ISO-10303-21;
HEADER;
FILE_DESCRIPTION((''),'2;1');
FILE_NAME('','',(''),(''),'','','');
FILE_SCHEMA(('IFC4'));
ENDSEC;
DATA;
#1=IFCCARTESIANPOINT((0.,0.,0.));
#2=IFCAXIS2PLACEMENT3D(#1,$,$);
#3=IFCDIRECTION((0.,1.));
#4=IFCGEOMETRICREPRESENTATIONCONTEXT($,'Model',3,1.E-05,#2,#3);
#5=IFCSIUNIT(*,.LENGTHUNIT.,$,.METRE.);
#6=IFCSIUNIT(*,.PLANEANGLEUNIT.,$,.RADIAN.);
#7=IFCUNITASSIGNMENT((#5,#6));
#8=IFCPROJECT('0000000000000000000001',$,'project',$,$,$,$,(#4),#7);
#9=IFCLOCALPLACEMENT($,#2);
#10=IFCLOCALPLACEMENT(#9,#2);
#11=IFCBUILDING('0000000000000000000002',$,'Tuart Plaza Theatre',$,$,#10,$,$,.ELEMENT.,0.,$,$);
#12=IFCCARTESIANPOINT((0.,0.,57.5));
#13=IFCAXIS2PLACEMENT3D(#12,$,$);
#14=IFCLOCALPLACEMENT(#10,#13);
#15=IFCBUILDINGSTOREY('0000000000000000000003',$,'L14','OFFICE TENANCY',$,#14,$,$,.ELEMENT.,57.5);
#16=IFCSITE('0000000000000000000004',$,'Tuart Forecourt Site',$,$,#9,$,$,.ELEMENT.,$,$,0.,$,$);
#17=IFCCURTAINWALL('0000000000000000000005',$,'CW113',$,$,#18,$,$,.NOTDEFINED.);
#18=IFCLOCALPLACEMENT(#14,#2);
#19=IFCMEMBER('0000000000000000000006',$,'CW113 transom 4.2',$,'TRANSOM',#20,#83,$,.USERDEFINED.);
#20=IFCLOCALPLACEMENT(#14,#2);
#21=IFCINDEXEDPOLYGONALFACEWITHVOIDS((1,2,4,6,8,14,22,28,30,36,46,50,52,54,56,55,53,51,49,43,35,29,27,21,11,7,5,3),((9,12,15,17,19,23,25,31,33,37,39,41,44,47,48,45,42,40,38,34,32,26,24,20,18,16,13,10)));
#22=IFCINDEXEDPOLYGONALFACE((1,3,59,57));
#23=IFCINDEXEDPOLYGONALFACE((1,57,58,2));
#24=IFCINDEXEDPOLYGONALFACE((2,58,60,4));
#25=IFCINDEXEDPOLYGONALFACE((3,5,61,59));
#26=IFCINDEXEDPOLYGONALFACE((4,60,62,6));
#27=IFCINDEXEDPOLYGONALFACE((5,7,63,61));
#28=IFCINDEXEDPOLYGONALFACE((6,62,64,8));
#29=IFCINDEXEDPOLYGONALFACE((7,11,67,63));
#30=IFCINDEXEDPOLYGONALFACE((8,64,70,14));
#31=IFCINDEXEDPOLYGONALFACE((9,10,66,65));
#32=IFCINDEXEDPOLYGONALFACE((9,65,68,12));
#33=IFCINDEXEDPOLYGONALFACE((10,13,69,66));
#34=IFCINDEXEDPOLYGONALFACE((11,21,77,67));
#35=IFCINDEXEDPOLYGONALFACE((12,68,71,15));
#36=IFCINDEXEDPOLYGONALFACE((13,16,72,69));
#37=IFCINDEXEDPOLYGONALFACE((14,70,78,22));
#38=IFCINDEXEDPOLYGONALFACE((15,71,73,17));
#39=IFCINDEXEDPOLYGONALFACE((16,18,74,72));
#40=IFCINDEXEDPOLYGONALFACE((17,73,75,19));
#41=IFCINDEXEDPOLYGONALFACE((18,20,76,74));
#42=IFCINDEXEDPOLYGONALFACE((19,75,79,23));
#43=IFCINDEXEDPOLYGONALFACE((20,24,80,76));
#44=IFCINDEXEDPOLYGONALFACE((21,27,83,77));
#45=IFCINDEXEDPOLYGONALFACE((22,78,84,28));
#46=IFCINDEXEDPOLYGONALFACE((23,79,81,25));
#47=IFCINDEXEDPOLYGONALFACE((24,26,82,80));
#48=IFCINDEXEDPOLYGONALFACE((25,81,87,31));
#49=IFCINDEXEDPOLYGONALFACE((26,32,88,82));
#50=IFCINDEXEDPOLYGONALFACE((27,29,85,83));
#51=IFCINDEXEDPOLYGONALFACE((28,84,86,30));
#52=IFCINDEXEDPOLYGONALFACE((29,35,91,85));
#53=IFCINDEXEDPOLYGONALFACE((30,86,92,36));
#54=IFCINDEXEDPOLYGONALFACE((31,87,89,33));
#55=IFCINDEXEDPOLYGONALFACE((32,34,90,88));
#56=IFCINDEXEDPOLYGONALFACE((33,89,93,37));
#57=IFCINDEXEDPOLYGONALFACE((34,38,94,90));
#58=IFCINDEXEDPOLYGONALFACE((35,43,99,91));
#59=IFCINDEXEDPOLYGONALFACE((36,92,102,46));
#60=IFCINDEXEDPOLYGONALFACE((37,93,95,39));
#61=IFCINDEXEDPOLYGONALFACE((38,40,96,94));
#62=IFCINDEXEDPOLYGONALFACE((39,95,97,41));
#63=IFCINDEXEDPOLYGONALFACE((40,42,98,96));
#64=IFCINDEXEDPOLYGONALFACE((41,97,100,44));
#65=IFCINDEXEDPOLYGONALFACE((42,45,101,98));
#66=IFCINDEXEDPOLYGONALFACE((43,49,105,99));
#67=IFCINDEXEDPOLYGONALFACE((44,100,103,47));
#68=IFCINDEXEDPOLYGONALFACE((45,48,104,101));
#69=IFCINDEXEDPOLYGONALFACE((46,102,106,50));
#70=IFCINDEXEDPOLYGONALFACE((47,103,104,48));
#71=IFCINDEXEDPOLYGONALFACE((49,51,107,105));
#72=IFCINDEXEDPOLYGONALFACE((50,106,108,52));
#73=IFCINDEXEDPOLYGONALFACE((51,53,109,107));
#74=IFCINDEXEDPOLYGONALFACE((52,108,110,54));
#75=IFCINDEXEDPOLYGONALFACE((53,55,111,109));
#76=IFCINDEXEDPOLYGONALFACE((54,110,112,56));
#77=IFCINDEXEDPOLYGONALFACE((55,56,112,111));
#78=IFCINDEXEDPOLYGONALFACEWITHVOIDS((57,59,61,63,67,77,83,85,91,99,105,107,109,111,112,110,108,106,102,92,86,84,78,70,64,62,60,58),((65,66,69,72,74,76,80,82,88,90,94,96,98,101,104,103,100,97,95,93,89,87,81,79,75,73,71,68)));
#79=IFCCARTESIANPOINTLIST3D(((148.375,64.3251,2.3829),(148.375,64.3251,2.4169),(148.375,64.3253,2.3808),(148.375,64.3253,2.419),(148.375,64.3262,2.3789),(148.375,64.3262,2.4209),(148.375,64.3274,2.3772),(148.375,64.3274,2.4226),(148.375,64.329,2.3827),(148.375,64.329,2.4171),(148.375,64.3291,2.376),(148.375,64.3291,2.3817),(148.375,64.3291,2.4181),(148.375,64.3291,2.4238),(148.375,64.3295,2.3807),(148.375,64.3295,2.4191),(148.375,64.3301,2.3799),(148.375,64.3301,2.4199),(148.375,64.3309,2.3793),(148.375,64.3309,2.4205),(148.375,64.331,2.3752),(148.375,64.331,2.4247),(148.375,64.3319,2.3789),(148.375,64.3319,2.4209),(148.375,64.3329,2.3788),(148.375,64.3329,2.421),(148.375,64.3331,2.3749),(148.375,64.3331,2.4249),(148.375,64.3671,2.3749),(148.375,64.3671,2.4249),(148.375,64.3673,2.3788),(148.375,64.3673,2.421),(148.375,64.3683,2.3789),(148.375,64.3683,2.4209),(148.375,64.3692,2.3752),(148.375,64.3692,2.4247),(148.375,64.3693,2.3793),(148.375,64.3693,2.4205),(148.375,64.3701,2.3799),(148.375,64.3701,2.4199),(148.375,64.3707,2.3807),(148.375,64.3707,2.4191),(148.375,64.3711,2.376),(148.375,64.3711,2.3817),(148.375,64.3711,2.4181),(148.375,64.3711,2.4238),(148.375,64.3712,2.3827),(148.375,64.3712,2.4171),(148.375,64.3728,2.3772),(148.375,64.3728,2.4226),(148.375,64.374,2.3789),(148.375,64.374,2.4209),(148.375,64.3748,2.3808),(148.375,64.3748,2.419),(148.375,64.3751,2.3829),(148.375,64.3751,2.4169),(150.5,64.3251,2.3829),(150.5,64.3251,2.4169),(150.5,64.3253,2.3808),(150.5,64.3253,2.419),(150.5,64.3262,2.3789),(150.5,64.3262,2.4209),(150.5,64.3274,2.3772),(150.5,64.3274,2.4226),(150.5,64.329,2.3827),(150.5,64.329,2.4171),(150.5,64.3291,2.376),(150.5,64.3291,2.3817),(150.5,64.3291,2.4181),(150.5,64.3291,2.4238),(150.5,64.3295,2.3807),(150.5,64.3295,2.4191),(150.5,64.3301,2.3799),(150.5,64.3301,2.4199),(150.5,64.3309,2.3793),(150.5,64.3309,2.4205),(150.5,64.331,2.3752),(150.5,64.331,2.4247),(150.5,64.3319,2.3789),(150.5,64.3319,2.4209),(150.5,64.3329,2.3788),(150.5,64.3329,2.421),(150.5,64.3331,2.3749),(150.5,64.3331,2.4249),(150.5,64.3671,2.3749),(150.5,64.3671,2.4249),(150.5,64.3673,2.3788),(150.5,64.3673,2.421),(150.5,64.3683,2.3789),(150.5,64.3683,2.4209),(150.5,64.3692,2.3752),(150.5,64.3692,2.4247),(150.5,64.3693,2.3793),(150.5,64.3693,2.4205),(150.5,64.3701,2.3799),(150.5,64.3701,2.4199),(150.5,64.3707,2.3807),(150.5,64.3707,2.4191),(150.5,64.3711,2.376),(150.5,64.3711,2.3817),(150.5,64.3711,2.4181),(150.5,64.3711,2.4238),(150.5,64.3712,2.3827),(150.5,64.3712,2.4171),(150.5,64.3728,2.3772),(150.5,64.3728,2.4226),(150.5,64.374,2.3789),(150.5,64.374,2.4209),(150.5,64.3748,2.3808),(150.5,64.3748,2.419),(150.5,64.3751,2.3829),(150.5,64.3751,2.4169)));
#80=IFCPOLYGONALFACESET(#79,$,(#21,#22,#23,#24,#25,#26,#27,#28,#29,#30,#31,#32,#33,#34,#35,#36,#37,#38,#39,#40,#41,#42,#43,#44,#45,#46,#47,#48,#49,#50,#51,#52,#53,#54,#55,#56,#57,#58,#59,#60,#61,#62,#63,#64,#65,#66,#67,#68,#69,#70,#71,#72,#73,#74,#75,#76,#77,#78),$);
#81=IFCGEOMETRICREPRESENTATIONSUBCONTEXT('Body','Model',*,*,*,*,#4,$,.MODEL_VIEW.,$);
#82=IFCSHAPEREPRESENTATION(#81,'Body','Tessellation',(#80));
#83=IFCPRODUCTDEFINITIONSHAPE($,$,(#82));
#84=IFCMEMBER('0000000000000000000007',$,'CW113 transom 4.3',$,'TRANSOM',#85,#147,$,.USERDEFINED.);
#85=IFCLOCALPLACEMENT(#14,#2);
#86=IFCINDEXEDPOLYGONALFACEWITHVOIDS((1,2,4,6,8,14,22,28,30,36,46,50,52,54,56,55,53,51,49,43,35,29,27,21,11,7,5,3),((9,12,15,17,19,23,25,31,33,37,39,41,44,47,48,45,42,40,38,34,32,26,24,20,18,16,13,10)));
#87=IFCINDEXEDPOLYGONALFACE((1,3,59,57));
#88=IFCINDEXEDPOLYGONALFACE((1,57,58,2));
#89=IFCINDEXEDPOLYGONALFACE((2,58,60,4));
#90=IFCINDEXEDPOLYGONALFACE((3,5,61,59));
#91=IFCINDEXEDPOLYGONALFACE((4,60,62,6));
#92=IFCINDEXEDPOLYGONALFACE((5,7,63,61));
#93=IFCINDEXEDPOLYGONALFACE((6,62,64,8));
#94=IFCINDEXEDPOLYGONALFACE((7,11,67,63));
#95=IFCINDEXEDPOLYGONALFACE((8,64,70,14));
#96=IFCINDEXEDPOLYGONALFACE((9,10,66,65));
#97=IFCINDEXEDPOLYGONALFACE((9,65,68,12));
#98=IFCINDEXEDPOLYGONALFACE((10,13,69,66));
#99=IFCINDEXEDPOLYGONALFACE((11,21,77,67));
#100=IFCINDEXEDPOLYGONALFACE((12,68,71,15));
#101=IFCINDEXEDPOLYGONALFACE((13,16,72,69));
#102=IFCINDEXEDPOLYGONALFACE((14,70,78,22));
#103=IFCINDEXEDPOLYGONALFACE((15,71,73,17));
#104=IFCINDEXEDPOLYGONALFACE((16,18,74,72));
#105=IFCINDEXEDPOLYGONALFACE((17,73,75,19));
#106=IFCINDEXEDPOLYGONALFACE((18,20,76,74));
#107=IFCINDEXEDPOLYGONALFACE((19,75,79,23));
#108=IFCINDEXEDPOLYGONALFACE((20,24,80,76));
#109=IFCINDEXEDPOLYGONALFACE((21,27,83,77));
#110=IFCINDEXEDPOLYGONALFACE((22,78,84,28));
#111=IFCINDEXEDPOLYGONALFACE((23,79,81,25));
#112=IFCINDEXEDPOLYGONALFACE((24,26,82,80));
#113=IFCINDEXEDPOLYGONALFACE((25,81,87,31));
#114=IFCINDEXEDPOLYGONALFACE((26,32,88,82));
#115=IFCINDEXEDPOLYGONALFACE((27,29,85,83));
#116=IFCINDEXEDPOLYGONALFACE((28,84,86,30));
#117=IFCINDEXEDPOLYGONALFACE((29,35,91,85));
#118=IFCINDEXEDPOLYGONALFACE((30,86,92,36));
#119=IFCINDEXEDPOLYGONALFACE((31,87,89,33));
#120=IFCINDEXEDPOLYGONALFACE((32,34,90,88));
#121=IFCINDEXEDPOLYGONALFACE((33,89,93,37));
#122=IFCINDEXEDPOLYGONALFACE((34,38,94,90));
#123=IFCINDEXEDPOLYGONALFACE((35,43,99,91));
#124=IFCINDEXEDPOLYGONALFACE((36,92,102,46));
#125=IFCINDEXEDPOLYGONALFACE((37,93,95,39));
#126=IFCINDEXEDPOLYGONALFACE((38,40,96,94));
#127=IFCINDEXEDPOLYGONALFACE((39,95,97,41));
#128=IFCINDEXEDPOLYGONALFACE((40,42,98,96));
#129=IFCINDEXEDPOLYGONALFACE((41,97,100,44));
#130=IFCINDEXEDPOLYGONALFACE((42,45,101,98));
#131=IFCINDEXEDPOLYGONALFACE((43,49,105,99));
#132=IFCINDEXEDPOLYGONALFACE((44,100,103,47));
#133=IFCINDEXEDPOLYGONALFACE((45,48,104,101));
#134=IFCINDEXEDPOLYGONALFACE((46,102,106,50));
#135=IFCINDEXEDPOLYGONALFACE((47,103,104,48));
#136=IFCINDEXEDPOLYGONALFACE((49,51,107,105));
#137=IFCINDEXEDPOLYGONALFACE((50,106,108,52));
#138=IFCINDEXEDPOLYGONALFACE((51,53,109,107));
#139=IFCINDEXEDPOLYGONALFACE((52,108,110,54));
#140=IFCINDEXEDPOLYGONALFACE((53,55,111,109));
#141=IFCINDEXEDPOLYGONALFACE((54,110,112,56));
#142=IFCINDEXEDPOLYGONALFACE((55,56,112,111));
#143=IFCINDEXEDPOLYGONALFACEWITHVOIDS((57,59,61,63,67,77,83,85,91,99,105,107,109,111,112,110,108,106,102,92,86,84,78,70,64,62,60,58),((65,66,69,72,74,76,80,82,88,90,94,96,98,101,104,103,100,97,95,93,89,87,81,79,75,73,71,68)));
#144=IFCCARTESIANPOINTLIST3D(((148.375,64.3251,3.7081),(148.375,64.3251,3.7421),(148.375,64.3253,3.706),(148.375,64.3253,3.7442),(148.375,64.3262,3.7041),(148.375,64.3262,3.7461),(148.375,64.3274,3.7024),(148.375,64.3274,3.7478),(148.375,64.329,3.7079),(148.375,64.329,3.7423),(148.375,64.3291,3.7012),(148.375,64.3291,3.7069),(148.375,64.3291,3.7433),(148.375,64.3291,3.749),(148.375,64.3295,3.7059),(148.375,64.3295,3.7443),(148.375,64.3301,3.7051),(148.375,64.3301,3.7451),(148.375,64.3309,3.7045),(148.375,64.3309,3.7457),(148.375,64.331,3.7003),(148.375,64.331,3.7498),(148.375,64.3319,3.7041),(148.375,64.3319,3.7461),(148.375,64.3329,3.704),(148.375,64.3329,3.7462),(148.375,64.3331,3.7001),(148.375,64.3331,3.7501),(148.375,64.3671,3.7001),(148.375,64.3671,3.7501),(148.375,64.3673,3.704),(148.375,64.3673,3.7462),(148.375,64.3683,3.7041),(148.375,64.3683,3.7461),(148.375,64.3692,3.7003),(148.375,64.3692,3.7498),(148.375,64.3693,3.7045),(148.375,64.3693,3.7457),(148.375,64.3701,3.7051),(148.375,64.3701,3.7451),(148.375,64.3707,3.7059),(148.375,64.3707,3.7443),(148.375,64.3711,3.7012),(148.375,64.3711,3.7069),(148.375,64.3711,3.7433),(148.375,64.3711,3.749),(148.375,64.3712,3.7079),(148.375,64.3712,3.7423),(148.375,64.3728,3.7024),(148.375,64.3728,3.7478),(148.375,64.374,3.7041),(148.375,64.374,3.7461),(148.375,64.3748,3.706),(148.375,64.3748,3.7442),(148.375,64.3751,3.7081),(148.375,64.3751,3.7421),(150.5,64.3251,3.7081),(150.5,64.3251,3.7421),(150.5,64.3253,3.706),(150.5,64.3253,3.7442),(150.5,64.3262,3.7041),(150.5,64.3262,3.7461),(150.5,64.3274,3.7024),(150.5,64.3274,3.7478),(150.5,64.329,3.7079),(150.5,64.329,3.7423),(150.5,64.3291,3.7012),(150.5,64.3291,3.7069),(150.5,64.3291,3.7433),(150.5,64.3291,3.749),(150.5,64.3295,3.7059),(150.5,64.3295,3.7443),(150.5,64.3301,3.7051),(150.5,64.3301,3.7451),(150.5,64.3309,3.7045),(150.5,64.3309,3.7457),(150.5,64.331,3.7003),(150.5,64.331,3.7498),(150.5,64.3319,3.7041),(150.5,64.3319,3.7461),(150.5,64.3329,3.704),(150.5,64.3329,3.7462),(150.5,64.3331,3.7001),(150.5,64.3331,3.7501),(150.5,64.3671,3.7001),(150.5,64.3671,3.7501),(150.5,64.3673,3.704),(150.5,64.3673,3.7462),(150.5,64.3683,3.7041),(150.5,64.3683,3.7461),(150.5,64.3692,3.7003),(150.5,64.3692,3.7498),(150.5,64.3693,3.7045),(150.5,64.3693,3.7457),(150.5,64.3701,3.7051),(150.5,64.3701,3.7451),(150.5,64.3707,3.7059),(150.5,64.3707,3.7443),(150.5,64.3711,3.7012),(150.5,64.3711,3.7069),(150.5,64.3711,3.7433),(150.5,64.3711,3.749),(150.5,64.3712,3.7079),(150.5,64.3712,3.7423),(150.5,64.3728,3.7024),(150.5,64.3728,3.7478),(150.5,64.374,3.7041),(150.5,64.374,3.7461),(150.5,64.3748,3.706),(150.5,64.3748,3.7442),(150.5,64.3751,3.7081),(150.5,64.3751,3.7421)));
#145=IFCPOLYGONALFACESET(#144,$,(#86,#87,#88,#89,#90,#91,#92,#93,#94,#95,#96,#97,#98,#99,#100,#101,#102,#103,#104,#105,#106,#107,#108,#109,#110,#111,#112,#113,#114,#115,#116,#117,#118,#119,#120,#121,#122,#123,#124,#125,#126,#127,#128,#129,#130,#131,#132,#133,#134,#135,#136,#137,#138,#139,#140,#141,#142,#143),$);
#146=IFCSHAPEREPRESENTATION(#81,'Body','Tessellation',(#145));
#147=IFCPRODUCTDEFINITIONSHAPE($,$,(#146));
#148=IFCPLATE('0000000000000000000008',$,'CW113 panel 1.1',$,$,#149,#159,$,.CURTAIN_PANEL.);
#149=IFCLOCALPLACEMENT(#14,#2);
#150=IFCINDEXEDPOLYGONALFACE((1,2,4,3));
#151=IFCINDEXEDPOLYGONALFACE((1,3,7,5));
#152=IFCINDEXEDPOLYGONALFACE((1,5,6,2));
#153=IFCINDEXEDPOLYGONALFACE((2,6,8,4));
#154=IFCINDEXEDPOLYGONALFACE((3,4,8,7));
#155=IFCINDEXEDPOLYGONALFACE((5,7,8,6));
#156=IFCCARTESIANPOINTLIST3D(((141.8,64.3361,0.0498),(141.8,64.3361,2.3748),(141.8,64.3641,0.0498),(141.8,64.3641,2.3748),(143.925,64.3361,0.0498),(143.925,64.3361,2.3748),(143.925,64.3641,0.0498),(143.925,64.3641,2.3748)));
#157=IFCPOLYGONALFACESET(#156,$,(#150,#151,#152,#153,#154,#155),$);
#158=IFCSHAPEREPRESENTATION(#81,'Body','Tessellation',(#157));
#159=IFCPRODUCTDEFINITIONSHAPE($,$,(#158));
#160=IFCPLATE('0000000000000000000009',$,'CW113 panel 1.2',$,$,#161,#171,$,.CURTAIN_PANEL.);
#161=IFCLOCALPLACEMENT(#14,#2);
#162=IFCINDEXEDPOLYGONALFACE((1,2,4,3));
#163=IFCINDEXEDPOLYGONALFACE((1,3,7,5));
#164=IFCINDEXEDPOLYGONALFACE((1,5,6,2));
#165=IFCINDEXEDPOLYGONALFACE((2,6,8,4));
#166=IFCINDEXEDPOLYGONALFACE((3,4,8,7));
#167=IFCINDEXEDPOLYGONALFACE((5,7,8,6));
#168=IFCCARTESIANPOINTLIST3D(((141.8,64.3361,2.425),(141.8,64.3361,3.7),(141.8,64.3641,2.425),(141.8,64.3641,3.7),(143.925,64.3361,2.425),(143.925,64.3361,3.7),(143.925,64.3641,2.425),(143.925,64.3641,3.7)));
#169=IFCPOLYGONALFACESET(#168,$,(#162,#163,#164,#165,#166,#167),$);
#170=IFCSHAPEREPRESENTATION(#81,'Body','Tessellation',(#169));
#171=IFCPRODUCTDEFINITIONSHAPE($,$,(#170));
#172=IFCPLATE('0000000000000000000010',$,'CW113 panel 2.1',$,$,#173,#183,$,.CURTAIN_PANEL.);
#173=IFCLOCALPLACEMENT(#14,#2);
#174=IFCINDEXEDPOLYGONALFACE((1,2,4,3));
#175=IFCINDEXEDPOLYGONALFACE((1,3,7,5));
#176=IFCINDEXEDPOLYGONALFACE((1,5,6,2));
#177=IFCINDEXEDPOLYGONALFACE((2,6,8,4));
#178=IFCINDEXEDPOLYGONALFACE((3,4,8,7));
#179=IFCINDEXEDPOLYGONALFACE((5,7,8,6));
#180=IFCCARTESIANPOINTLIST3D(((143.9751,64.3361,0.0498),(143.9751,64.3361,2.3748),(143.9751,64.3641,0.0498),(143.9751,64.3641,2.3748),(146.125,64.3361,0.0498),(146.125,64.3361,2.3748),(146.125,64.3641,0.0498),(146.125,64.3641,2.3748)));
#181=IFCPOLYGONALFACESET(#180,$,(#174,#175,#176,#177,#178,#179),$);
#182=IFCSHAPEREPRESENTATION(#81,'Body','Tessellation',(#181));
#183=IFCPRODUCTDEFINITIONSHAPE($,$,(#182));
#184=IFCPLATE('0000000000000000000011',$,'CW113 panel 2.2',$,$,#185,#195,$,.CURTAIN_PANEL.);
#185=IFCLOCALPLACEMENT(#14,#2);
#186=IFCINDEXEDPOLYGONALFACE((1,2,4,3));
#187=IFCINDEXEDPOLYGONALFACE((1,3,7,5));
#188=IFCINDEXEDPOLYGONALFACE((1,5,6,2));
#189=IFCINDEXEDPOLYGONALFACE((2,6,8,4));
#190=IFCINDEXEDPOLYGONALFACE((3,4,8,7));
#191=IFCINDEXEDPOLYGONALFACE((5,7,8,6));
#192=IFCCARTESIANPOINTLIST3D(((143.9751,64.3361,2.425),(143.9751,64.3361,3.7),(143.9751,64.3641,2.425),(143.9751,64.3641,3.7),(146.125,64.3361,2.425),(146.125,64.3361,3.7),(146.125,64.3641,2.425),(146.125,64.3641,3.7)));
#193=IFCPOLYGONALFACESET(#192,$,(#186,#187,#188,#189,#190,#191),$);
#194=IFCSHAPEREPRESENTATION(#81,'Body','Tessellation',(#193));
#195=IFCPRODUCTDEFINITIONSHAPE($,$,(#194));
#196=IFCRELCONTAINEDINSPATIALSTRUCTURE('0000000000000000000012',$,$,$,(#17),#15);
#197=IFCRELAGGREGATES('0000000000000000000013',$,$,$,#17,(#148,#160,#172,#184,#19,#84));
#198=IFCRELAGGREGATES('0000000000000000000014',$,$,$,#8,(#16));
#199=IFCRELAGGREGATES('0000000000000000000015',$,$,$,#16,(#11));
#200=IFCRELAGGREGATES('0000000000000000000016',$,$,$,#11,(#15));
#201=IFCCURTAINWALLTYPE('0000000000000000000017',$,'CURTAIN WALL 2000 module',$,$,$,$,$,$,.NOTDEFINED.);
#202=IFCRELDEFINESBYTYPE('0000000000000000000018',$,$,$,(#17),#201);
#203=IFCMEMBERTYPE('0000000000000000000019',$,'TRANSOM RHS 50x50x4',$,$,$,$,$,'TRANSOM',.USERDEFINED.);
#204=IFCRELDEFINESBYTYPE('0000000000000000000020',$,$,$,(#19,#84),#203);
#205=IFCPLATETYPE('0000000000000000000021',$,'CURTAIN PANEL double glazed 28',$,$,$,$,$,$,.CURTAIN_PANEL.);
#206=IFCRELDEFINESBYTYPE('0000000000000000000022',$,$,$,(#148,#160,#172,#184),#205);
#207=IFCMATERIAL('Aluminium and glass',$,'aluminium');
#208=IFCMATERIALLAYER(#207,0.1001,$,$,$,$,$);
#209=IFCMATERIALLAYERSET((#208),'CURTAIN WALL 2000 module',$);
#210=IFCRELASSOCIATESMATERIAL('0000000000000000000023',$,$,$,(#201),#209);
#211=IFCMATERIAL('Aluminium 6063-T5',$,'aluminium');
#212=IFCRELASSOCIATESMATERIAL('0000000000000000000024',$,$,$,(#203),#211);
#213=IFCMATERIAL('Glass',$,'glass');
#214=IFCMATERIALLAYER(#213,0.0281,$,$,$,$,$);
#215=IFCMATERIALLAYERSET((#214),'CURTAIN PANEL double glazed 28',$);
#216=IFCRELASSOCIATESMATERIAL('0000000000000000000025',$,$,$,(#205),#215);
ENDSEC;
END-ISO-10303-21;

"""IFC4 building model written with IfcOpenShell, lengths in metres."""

from ifc_helpers import new_model, si_unit, direction, frame, origin, origin_2d, place, context, subcontext, project, spatial, rectangle, hollow_rectangle, extrude, material, layer, layer_set, material_profile, profile_set, type_object, element, aggregate, save


model = new_model("IFC4")

# Units and contexts
model_context = context("Model", 3, precision=1e-05, world=origin(), true_north=direction((0.0, 1.0)))
body_context = subcontext(model_context, "Body", "Model", "MODEL_VIEW")
ifc_project = project(units=[si_unit("LENGTHUNIT", "METRE"), si_unit("PLANEANGLEUNIT", "RADIAN")], contexts=[model_context])

# Site, building, storey
site_placement = place(None, origin())
site = spatial("IfcSite", under=ifc_project, at=site_placement, Name="Tuart Forecourt Site", CompositionType="ELEMENT", RefElevation=0.0)
building_placement = place(site_placement, origin())
building = spatial("IfcBuilding", under=site, at=building_placement, Name="Tuart Plaza Theatre", CompositionType="ELEMENT", ElevationOfRefHeight=0.0)
storey_placement = place(building_placement, frame((0.0, 0.0, 57.5)))
storey = spatial("IfcBuildingStorey", under=building, at=storey_placement, Name="L14", Description="OFFICE TENANCY", CompositionType="ELEMENT", Elevation=57.5)

# Curtain wall, members, plates
ifc_material_1 = material(Name="Aluminium and glass", Category="aluminium")
ifc_layer_1 = layer(ifc_material_1, 0.1001)
ifc_layer_set_1 = layer_set([ifc_layer_1], Name="CURTAIN WALL 2000 module")
curtain_wall_type = type_object("IfcCurtainWallType", Name="CURTAIN WALL 2000 module", PredefinedType="NOTDEFINED", material=ifc_layer_set_1)
curtain_wall_placement = place(storey_placement, origin())
curtain_wall = element("IfcCurtainWall", 1, at=curtain_wall_placement, inside=storey, type_object=curtain_wall_type, Name="CW113", PredefinedType="NOTDEFINED")
ifc_material_2 = material(Name="Aluminium 6063-T5", Category="aluminium")
ifc_material_profile_1 = material_profile(ifc_material_2, hollow_rectangle(XDim=0.05, YDim=0.05, WallThickness=0.0039, InnerFilletRadius=0.0039, OuterFilletRadius=0.0081, at=origin_2d()), Name="RHS 50x50x4")
ifc_profile_set_1 = profile_set([ifc_material_profile_1], Name="Aluminium 6063-T5")
member_type_1 = type_object("IfcMemberType", Name="TRANSOM RHS 50x50x4", ElementType="TRANSOM", PredefinedType="USERDEFINED", material=ifc_profile_set_1)
member_1_placement = place(storey_placement, frame((148.375, 64.3501, 2.3999), z_axis=(1.0, 0.0, 0.0), x_axis=(0.0, 1.0, 0.0)))
member_1 = element("IfcMember", 2, at=member_1_placement, type_object=member_type_1, Name="CW113 transom 4.2", ObjectType="TRANSOM", PredefinedType="USERDEFINED", context=body_context, shape_type="SweptSolid", body=[
    extrude(hollow_rectangle(XDim=0.05, YDim=0.05, WallThickness=0.0039, InnerFilletRadius=0.0039, OuterFilletRadius=0.0081, at=origin_2d()), origin(), (0.0, 0.0, 1.0), 2.125),
])
member_2_placement = place(storey_placement, frame((148.375, 64.3501, 3.7251), z_axis=(1.0, 0.0, 0.0), x_axis=(0.0, 1.0, 0.0)))
member_2 = element("IfcMember", 3, at=member_2_placement, type_object=member_type_1, Name="CW113 transom 4.3", ObjectType="TRANSOM", PredefinedType="USERDEFINED", context=body_context, shape_type="SweptSolid", body=[
    extrude(hollow_rectangle(XDim=0.05, YDim=0.05, WallThickness=0.0039, InnerFilletRadius=0.0039, OuterFilletRadius=0.0081, at=origin_2d()), origin(), (0.0, 0.0, 1.0), 2.125),
])
ifc_material_3 = material(Name="Glass", Category="glass")
ifc_layer_2 = layer(ifc_material_3, 0.0281)
ifc_layer_set_2 = layer_set([ifc_layer_2], Name="CURTAIN PANEL double glazed 28")
plate_type = type_object("IfcPlateType", Name="CURTAIN PANEL double glazed 28", PredefinedType="CURTAIN_PANEL", material=ifc_layer_set_2)
plate_1_placement = place(storey_placement, frame((142.8625, 64.3501, 0.0498), z_axis=(0.0, 0.0, 1.0), x_axis=(1.0, 0.0, 0.0)))
plate_1 = element("IfcPlate", 4, at=plate_1_placement, type_object=plate_type, Name="CW113 panel 1.1", PredefinedType="CURTAIN_PANEL", context=body_context, shape_type="SweptSolid", body=[
    extrude(rectangle(XDim=2.125, YDim=0.0281, at=origin_2d()), origin(), (0.0, 0.0, 1.0), 2.325),
])
plate_2_placement = place(storey_placement, frame((142.8625, 64.3501, 2.425), z_axis=(0.0, 0.0, 1.0), x_axis=(1.0, 0.0, 0.0)))
plate_2 = element("IfcPlate", 5, at=plate_2_placement, type_object=plate_type, Name="CW113 panel 1.2", PredefinedType="CURTAIN_PANEL", context=body_context, shape_type="SweptSolid", body=[
    extrude(rectangle(XDim=2.125, YDim=0.0281, at=origin_2d()), origin(), (0.0, 0.0, 1.0), 1.2749),
])
plate_3_placement = place(storey_placement, frame((145.05, 64.3501, 0.0498), z_axis=(0.0, 0.0, 1.0), x_axis=(1.0, 0.0, 0.0)))
plate_3 = element("IfcPlate", 6, at=plate_3_placement, type_object=plate_type, Name="CW113 panel 2.1", PredefinedType="CURTAIN_PANEL", context=body_context, shape_type="SweptSolid", body=[
    extrude(rectangle(XDim=2.1499, YDim=0.0281, at=origin_2d()), origin(), (0.0, 0.0, 1.0), 2.325),
])
plate_4_placement = place(storey_placement, frame((145.05, 64.3501, 2.425), z_axis=(0.0, 0.0, 1.0), x_axis=(1.0, 0.0, 0.0)))
plate_4 = element("IfcPlate", 7, at=plate_4_placement, type_object=plate_type, Name="CW113 panel 2.2", PredefinedType="CURTAIN_PANEL", context=body_context, shape_type="SweptSolid", body=[
    extrude(rectangle(XDim=2.1499, YDim=0.0281, at=origin_2d()), origin(), (0.0, 0.0, 1.0), 1.2749),
])
aggregate(curtain_wall, [plate_1, plate_2, plate_3, plate_4, member_1, member_2])

save(model, "model.ifc")
